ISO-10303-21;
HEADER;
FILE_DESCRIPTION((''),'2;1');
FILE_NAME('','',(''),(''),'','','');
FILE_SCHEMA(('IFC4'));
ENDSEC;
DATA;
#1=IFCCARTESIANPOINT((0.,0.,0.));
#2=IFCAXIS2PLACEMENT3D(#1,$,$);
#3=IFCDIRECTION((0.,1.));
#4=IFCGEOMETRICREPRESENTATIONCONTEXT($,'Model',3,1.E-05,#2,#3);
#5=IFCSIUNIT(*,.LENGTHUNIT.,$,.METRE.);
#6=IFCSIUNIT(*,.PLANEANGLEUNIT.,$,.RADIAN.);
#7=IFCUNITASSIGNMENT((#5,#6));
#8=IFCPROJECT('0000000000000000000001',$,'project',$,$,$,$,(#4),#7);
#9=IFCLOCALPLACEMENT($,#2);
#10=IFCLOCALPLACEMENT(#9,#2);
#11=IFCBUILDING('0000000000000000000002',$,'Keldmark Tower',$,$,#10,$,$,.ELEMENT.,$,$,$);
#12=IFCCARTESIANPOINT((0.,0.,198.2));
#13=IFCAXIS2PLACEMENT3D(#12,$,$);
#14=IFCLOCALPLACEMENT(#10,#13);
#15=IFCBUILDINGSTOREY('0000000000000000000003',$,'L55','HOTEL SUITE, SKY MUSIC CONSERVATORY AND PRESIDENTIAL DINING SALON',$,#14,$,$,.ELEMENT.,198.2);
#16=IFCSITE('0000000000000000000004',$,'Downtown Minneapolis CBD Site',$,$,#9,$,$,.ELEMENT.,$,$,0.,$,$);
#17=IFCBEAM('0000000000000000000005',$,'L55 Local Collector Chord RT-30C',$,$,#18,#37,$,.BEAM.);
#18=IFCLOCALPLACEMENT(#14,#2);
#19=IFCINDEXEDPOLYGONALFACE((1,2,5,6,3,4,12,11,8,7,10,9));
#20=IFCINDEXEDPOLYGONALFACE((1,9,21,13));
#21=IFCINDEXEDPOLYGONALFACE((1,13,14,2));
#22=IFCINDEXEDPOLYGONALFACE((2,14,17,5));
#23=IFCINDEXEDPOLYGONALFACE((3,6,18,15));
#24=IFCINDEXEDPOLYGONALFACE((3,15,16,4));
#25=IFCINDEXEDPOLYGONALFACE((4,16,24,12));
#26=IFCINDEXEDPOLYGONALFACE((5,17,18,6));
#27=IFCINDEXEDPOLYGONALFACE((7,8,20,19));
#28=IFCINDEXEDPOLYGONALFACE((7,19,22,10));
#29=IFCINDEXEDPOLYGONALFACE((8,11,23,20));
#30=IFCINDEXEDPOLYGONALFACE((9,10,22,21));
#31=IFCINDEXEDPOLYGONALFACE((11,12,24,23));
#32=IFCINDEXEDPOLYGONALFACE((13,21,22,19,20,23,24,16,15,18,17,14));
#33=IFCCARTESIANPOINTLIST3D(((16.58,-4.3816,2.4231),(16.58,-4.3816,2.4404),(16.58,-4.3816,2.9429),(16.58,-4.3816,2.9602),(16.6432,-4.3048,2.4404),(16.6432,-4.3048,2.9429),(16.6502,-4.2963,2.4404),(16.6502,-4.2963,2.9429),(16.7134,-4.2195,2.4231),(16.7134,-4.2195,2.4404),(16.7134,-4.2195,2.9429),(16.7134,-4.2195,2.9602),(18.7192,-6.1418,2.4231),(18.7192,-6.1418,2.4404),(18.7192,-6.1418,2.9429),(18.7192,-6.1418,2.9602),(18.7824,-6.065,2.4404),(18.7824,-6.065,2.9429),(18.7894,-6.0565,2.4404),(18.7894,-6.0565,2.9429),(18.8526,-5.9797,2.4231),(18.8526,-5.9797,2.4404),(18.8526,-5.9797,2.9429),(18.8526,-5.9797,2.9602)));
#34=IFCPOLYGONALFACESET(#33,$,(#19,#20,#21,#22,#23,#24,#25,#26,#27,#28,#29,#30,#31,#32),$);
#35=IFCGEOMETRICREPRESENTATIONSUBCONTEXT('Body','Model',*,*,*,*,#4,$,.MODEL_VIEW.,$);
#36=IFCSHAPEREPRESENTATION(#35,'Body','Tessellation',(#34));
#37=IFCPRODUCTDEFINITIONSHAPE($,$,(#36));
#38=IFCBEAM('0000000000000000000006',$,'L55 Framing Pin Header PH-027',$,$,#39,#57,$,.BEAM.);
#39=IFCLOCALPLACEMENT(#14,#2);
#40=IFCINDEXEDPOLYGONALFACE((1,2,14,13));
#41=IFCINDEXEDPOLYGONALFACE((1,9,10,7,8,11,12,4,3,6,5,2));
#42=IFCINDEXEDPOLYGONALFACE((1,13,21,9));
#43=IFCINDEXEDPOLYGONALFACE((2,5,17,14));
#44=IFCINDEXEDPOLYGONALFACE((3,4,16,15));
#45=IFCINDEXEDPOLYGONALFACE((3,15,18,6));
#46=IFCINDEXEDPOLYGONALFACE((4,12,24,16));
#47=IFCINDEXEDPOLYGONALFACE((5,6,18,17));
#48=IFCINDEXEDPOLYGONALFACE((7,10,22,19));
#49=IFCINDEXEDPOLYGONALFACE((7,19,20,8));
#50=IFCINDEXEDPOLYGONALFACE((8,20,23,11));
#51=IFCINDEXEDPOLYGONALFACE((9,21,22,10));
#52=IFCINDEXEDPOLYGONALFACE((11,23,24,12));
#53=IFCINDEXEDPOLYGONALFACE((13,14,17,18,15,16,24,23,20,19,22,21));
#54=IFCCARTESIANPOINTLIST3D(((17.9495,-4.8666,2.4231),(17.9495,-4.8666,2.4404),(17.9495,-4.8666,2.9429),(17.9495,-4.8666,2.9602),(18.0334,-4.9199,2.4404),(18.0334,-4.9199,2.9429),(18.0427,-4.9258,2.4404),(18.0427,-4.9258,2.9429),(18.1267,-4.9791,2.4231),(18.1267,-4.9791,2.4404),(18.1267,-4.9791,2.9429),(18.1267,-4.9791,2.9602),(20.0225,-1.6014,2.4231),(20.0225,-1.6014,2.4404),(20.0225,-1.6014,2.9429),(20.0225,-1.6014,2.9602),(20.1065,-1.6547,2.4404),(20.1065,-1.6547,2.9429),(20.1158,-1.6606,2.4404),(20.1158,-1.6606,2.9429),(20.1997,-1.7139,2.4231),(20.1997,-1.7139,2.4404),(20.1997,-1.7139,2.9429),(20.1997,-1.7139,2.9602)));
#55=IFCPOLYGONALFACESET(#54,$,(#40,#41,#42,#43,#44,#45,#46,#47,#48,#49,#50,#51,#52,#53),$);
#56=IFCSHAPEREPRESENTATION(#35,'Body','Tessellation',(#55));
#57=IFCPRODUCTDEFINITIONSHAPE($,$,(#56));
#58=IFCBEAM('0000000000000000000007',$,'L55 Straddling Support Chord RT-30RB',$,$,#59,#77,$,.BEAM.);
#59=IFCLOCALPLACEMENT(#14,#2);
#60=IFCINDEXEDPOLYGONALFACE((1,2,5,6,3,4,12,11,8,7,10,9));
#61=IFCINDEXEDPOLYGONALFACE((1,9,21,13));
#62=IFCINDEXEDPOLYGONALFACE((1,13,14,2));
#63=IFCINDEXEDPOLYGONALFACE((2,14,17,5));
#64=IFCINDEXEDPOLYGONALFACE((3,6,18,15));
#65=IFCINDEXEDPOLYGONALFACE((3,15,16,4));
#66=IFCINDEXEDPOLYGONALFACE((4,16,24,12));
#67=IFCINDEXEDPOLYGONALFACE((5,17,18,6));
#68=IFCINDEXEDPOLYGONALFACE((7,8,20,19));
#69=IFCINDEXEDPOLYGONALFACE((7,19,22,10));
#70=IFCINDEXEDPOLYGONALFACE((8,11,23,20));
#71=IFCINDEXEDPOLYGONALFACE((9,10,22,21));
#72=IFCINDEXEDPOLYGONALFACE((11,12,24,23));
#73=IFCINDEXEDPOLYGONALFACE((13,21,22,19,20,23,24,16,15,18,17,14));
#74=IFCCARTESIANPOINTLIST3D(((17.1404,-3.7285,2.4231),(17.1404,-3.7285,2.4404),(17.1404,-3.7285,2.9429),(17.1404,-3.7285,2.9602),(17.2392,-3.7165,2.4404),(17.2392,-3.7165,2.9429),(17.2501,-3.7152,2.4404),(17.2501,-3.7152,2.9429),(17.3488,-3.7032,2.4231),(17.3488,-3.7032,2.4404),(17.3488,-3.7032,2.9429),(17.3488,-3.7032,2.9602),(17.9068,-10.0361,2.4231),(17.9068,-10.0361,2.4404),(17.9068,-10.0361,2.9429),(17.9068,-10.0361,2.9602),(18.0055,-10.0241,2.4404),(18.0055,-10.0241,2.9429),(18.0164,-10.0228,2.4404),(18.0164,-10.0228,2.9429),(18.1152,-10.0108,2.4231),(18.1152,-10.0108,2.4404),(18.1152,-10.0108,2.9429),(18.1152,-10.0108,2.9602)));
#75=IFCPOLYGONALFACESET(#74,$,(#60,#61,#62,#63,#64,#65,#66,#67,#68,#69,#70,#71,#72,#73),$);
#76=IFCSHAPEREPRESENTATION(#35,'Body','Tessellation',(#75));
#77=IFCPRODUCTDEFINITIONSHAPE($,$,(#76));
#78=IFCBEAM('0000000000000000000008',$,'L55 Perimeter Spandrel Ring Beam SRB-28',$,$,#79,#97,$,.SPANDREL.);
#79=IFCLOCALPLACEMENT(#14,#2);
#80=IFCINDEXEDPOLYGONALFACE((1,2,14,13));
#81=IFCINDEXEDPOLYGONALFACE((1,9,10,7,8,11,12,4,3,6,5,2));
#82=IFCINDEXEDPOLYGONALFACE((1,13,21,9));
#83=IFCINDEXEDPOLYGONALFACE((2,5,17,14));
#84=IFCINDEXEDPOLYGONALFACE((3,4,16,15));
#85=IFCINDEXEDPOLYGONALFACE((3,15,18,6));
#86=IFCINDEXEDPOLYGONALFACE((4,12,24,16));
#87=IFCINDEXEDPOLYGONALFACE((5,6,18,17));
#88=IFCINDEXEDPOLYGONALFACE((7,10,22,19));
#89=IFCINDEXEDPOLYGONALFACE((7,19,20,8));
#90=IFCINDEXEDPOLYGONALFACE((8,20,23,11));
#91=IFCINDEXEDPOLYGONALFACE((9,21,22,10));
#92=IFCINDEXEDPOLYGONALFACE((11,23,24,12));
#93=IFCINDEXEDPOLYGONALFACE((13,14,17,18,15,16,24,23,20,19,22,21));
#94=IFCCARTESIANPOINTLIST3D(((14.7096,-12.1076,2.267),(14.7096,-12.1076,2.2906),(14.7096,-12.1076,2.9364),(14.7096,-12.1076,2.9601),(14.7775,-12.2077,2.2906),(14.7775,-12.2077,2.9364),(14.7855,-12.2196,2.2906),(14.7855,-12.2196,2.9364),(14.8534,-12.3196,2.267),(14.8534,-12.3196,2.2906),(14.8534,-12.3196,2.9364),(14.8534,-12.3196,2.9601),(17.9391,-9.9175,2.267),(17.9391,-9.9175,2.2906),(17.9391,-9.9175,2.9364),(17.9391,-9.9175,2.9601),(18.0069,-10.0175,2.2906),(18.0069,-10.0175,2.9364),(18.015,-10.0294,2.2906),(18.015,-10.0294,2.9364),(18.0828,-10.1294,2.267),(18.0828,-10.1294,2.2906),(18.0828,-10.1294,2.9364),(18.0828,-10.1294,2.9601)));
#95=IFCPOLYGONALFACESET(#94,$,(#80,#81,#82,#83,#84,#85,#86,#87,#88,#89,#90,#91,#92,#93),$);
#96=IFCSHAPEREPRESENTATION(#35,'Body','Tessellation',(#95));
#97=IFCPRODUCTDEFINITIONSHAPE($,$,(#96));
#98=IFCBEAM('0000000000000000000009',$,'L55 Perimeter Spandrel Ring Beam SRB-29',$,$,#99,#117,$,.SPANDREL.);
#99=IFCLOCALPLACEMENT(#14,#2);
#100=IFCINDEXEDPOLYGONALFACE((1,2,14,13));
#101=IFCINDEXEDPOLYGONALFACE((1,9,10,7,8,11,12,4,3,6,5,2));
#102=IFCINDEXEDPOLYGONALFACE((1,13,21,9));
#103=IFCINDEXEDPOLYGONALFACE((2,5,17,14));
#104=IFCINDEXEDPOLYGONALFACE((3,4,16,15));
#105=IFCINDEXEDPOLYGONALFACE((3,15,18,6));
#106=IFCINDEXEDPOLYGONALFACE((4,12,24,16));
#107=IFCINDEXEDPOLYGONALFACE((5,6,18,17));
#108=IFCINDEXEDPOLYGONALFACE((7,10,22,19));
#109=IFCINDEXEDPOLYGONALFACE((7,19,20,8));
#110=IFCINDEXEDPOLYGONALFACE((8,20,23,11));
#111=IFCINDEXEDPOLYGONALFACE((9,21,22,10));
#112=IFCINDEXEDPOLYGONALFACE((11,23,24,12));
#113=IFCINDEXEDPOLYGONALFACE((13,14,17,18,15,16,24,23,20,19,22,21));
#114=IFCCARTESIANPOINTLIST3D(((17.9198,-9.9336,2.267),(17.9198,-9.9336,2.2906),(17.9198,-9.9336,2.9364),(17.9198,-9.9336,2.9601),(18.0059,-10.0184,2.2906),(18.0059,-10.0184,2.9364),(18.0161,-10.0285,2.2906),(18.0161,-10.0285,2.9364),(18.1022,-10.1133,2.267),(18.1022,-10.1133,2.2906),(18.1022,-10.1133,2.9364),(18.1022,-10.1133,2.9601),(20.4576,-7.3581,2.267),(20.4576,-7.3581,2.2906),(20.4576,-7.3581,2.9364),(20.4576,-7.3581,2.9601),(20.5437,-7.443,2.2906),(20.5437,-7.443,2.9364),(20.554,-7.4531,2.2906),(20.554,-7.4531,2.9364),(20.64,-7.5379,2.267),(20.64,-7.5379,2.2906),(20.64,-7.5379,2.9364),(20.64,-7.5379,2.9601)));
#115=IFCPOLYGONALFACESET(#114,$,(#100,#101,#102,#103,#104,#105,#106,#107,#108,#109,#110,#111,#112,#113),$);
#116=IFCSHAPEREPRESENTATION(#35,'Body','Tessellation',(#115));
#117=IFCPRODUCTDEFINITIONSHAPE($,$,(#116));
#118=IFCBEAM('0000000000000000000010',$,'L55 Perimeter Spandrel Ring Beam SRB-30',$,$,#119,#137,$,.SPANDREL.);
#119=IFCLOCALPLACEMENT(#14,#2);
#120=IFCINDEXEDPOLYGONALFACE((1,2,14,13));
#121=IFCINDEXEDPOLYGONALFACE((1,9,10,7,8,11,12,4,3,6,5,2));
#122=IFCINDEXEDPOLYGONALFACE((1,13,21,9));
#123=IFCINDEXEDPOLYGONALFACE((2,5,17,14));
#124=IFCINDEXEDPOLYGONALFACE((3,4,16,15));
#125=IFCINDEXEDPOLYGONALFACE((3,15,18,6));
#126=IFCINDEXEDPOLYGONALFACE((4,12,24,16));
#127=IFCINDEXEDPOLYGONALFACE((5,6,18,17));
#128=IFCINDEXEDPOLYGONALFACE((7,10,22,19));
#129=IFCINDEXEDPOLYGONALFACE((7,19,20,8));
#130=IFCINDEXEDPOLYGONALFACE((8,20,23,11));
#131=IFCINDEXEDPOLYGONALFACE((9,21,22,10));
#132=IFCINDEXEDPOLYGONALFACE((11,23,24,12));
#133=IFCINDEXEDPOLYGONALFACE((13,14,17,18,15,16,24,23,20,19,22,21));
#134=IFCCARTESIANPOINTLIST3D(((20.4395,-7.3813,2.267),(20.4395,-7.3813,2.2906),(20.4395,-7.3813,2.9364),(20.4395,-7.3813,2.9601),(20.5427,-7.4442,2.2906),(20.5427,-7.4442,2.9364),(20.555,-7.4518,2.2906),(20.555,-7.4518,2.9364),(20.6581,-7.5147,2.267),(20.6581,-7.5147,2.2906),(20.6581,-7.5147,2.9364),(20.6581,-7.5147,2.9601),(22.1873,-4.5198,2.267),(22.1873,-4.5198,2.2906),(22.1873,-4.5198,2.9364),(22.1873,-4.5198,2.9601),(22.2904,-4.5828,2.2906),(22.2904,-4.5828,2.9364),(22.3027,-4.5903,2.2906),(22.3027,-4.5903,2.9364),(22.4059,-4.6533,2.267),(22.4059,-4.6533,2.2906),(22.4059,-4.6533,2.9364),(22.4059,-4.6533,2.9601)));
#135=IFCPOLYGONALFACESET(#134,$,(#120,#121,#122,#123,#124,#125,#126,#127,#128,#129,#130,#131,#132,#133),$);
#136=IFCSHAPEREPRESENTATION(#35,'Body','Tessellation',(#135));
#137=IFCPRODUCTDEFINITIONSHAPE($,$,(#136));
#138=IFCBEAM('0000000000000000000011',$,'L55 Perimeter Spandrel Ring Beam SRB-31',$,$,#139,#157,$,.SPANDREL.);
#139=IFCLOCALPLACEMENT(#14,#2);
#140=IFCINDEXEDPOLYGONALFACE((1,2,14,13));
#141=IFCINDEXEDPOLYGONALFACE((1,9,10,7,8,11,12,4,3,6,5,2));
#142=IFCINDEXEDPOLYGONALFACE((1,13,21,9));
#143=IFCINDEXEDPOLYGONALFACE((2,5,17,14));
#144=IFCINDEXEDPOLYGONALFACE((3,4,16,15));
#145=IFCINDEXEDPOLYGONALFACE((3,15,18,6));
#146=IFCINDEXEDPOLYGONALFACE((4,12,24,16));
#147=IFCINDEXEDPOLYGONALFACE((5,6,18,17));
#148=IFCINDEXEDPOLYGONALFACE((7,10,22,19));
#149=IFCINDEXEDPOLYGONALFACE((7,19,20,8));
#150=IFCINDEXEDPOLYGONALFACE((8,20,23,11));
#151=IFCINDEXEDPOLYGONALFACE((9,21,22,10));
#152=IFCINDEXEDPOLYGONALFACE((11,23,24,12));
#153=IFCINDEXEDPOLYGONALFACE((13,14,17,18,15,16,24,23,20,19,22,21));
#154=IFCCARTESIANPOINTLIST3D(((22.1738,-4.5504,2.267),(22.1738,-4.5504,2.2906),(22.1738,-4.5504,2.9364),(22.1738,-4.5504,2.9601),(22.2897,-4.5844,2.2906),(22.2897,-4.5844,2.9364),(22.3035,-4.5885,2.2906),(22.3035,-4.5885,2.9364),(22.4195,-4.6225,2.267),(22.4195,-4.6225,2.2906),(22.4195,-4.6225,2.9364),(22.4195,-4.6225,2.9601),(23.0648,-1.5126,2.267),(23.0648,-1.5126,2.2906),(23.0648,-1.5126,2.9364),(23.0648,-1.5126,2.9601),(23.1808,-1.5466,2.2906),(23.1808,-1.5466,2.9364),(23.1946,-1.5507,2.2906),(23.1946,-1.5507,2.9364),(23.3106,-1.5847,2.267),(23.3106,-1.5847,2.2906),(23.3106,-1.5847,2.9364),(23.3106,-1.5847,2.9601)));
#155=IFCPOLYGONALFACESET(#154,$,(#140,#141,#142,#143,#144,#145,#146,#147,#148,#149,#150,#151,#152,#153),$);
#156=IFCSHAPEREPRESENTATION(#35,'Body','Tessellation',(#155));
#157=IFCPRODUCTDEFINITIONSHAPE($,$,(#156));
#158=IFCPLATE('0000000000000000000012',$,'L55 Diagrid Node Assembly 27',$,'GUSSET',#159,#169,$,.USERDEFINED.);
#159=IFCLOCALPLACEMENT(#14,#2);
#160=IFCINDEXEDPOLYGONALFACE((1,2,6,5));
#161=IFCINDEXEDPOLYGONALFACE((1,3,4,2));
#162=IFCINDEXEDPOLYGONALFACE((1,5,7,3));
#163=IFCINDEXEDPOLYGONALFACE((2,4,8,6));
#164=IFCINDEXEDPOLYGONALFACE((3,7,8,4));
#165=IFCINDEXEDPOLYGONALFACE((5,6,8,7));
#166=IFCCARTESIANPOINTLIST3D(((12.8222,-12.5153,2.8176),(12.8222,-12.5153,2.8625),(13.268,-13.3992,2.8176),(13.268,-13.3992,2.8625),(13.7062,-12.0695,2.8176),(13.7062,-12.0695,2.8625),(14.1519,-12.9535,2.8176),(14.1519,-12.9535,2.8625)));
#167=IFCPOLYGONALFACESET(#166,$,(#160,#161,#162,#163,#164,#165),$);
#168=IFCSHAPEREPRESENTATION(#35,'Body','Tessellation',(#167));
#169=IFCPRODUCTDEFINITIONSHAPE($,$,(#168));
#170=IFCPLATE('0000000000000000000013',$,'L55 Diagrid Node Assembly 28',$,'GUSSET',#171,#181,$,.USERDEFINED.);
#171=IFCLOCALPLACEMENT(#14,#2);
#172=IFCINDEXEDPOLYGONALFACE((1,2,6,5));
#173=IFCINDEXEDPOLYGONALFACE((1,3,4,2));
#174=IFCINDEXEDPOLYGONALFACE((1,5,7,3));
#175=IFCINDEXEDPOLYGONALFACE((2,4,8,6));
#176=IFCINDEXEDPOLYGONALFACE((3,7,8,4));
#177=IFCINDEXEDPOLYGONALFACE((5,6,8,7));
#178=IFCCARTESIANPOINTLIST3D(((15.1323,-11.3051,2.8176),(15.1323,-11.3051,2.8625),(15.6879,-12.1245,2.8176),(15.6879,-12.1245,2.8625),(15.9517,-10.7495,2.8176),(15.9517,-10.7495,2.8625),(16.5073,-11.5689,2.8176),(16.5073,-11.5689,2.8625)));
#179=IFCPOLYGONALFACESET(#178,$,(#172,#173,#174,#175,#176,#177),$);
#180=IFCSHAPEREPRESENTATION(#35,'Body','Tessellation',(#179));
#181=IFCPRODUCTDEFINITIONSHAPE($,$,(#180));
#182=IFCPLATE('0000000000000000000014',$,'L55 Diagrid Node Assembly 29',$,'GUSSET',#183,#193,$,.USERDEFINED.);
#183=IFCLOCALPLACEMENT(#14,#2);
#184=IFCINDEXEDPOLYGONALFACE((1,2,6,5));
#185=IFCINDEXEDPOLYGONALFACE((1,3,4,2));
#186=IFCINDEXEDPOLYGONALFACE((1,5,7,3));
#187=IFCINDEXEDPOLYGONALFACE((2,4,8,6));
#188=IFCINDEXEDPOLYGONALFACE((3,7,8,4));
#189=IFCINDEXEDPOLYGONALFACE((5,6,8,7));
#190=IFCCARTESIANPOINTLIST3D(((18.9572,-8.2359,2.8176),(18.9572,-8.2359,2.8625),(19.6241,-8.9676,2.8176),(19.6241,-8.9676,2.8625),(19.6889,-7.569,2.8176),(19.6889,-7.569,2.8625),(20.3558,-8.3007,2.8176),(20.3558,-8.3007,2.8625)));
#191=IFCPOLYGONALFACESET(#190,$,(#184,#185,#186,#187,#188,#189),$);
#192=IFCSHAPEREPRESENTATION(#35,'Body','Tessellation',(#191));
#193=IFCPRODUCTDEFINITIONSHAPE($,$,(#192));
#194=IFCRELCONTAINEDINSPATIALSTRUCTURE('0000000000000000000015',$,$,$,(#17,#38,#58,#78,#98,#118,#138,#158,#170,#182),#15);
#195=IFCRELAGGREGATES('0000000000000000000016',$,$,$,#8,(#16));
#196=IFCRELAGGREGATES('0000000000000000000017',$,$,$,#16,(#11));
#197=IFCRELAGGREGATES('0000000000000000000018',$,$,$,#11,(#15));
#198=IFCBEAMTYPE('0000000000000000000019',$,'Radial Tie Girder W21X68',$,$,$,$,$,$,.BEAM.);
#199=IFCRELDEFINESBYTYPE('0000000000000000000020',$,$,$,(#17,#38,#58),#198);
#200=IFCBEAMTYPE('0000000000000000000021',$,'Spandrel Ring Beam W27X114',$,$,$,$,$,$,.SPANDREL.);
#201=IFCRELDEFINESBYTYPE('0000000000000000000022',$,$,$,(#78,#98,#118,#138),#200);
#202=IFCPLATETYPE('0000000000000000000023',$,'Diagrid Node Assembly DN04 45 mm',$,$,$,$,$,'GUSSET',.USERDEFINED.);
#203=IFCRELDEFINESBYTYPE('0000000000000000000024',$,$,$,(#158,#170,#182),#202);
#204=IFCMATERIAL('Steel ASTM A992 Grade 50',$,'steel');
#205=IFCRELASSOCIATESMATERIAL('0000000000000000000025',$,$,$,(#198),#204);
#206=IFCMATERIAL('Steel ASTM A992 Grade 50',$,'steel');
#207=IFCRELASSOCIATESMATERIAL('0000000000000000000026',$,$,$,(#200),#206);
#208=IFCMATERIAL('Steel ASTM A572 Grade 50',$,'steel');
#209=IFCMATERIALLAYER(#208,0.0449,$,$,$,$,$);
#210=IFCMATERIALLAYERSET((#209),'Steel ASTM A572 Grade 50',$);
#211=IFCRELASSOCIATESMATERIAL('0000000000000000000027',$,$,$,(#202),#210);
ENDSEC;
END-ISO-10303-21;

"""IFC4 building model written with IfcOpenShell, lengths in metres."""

from ifc_helpers import new_model, si_unit, direction, frame, origin, origin_2d, place, context, subcontext, project, spatial, rectangle, i_section, extrude, material, layer, layer_set, material_profile, profile_set, type_object, element, save


model = new_model("IFC4")

# Units and contexts
model_context = context("Model", 3, precision=1e-05, world=origin(), true_north=direction((0.0, 1.0)))
body_context = subcontext(model_context, "Body", "Model", "MODEL_VIEW")
ifc_project = project(units=[si_unit("LENGTHUNIT", "METRE"), si_unit("PLANEANGLEUNIT", "RADIAN")], contexts=[model_context])

# Site, building, storey
site_placement = place(None, origin())
site = spatial("IfcSite", under=ifc_project, at=site_placement, Name="Downtown Minneapolis CBD Site", CompositionType="ELEMENT", RefElevation=0.0)
building_placement = place(site_placement, origin())
building = spatial("IfcBuilding", under=site, at=building_placement, Name="Keldmark Tower", CompositionType="ELEMENT")
storey_placement = place(building_placement, frame((0.0, 0.0, 198.2)))
storey = spatial("IfcBuildingStorey", under=building, at=storey_placement, Name="L55", Description="HOTEL SUITE, SKY MUSIC CONSERVATORY AND PRESIDENTIAL DINING SALON", CompositionType="ELEMENT", Elevation=198.2)

# Beams
ifc_material_1 = material(Name="Steel ASTM A992 Grade 50", Category="steel")
ifc_material_profile_1 = material_profile(ifc_material_1, i_section(OverallWidth=0.21, OverallDepth=0.5371, WebThickness=0.011, FlangeThickness=0.0173, at=origin_2d()), Name="W21X68")
ifc_profile_set_1 = profile_set([ifc_material_profile_1], Name="Steel ASTM A992 Grade 50")
beam_type_1 = type_object("IfcBeamType", Name="Radial Tie Girder W21X68", PredefinedType="BEAM", material=ifc_profile_set_1)
beam_1_placement = place(storey_placement, frame((16.6467, -4.3005, 2.6917), z_axis=(0.772179, -0.635404, 0.0), x_axis=(0.635404, 0.772179, 0.0)))
element("IfcBeam", 1, at=beam_1_placement, inside=storey, type_object=beam_type_1, Name="L55 Local Collector Chord RT-30C", PredefinedType="BEAM", context=body_context, shape_type="SweptSolid", body=[
    extrude(i_section(OverallWidth=0.21, OverallDepth=0.5371, WebThickness=0.011, FlangeThickness=0.0173, at=origin_2d()), origin(), (0.0, 0.0, 1.0), 2.7703),
])
beam_2_placement = place(storey_placement, frame((18.0381, -4.9229, 2.6917), z_axis=(0.535989, 0.844225, 0.0), x_axis=(-0.844225, 0.535989, 0.0)))
element("IfcBeam", 2, at=beam_2_placement, inside=storey, type_object=beam_type_1, Name="L55 Framing Pin Header PH-027", PredefinedType="BEAM", context=body_context, shape_type="SweptSolid", body=[
    extrude(i_section(OverallWidth=0.21, OverallDepth=0.5371, WebThickness=0.011, FlangeThickness=0.0173, at=origin_2d()), origin(), (0.0, 0.0, 1.0), 3.8677),
])
beam_3_placement = place(storey_placement, frame((18.011, -10.0234, 2.6917), z_axis=(-0.12061, 0.9927, 0.0), x_axis=(-0.9927, -0.12061, 0.0)))
element("IfcBeam", 3, at=beam_3_placement, inside=storey, type_object=beam_type_1, Name="L55 Straddling Support Chord RT-30RB", PredefinedType="BEAM", context=body_context, shape_type="SweptSolid", body=[
    extrude(i_section(OverallWidth=0.21, OverallDepth=0.5371, WebThickness=0.011, FlangeThickness=0.0173, at=origin_2d()), origin(), (0.0, 0.0, 1.0), 6.354),
])
ifc_material_2 = material(Name="Steel ASTM A992 Grade 50", Category="steel")
ifc_material_profile_2 = material_profile(ifc_material_2, i_section(OverallWidth=0.2561, OverallDepth=0.6931, WebThickness=0.0144, FlangeThickness=0.0237, at=origin_2d()), Name="W27X114")
ifc_profile_set_2 = profile_set([ifc_material_profile_2], Name="Steel ASTM A992 Grade 50")
beam_type_2 = type_object("IfcBeamType", Name="Spandrel Ring Beam W27X114", PredefinedType="SPANDREL", material=ifc_profile_set_2)
beam_4_placement = place(storey_placement, frame((14.7815, -12.2136, 2.6135), z_axis=(0.827625, 0.561281, 0.0), x_axis=(-0.561281, 0.827625, 0.0)))
element("IfcBeam", 4, at=beam_4_placement, inside=storey, type_object=beam_type_2, Name="L55 Perimeter Spandrel Ring Beam SRB-28", PredefinedType="SPANDREL", context=body_context, shape_type="SweptSolid", body=[
    extrude(i_section(OverallWidth=0.2561, OverallDepth=0.6931, WebThickness=0.0144, FlangeThickness=0.0237, at=origin_2d()), origin(), (0.0, 0.0, 1.0), 3.9021),
])
beam_5_placement = place(storey_placement, frame((18.011, -10.0234, 2.6135), z_axis=(0.701888, 0.712287, 0.0), x_axis=(-0.712287, 0.701888, 0.0)))
element("IfcBeam", 5, at=beam_5_placement, inside=storey, type_object=beam_type_2, Name="L55 Perimeter Spandrel Ring Beam SRB-29", PredefinedType="SPANDREL", context=body_context, shape_type="SweptSolid", body=[
    extrude(i_section(OverallWidth=0.2561, OverallDepth=0.6931, WebThickness=0.0144, FlangeThickness=0.0237, at=origin_2d()), origin(), (0.0, 0.0, 1.0), 3.6157),
])
beam_6_placement = place(storey_placement, frame((20.5488, -7.448, 2.6135), z_axis=(0.521247, 0.853406, 0.0), x_axis=(-0.853406, 0.521247, 0.0)))
element("IfcBeam", 6, at=beam_6_placement, inside=storey, type_object=beam_type_2, Name="L55 Perimeter Spandrel Ring Beam SRB-30", PredefinedType="SPANDREL", context=body_context, shape_type="SweptSolid", body=[
    extrude(i_section(OverallWidth=0.2561, OverallDepth=0.6931, WebThickness=0.0144, FlangeThickness=0.0237, at=origin_2d()), origin(), (0.0, 0.0, 1.0), 3.353),
])
beam_7_placement = place(storey_placement, frame((22.2966, -4.5864, 2.6135), z_axis=(0.281477, 0.959568, 0.0), x_axis=(-0.959568, 0.281477, 0.0)))
element("IfcBeam", 7, at=beam_7_placement, inside=storey, type_object=beam_type_2, Name="L55 Perimeter Spandrel Ring Beam SRB-31", PredefinedType="SPANDREL", context=body_context, shape_type="SweptSolid", body=[
    extrude(i_section(OverallWidth=0.2561, OverallDepth=0.6931, WebThickness=0.0144, FlangeThickness=0.0237, at=origin_2d()), origin(), (0.0, 0.0, 1.0), 3.1658),
])

# Plates
ifc_material_3 = material(Name="Steel ASTM A572 Grade 50", Category="steel")
ifc_layer_1 = layer(ifc_material_3, 0.0449)
ifc_layer_set_1 = layer_set([ifc_layer_1], Name="Steel ASTM A572 Grade 50")
plate_type = type_object("IfcPlateType", Name="Diagrid Node Assembly DN04 45 mm", ElementType="GUSSET", PredefinedType="USERDEFINED", material=ifc_layer_set_1)
for number, where, z_axis, x_axis, name in (
    (8, (13.4871, -12.7344, 2.8176), (0.0, 0.0, 1.0), (0.8929, 0.450254, 0.0), "L55 Diagrid Node Assembly 27"),
    (9, (15.8198, -11.437, 2.8176), (0.0, 0.0, 1.0), (0.827669, 0.561217, 0.0), "L55 Diagrid Node Assembly 28"),
    (10, (19.6565, -8.2683, 2.8176), (0.0, 0.0, 1.0), (0.739043, 0.673658, 0.0), "L55 Diagrid Node Assembly 29"),
):
    element("IfcPlate", number, at=place(storey_placement, frame(where, z_axis=z_axis, x_axis=x_axis)), inside=storey, type_object=plate_type, Name=name, ObjectType="GUSSET", PredefinedType="USERDEFINED", context=body_context, shape_type="SweptSolid", body=[
        extrude(rectangle(XDim=0.99, YDim=0.99, at=origin_2d()), origin(), (0.0, 0.0, 1.0), 0.0449),
    ])

save(model, "model.ifc")
